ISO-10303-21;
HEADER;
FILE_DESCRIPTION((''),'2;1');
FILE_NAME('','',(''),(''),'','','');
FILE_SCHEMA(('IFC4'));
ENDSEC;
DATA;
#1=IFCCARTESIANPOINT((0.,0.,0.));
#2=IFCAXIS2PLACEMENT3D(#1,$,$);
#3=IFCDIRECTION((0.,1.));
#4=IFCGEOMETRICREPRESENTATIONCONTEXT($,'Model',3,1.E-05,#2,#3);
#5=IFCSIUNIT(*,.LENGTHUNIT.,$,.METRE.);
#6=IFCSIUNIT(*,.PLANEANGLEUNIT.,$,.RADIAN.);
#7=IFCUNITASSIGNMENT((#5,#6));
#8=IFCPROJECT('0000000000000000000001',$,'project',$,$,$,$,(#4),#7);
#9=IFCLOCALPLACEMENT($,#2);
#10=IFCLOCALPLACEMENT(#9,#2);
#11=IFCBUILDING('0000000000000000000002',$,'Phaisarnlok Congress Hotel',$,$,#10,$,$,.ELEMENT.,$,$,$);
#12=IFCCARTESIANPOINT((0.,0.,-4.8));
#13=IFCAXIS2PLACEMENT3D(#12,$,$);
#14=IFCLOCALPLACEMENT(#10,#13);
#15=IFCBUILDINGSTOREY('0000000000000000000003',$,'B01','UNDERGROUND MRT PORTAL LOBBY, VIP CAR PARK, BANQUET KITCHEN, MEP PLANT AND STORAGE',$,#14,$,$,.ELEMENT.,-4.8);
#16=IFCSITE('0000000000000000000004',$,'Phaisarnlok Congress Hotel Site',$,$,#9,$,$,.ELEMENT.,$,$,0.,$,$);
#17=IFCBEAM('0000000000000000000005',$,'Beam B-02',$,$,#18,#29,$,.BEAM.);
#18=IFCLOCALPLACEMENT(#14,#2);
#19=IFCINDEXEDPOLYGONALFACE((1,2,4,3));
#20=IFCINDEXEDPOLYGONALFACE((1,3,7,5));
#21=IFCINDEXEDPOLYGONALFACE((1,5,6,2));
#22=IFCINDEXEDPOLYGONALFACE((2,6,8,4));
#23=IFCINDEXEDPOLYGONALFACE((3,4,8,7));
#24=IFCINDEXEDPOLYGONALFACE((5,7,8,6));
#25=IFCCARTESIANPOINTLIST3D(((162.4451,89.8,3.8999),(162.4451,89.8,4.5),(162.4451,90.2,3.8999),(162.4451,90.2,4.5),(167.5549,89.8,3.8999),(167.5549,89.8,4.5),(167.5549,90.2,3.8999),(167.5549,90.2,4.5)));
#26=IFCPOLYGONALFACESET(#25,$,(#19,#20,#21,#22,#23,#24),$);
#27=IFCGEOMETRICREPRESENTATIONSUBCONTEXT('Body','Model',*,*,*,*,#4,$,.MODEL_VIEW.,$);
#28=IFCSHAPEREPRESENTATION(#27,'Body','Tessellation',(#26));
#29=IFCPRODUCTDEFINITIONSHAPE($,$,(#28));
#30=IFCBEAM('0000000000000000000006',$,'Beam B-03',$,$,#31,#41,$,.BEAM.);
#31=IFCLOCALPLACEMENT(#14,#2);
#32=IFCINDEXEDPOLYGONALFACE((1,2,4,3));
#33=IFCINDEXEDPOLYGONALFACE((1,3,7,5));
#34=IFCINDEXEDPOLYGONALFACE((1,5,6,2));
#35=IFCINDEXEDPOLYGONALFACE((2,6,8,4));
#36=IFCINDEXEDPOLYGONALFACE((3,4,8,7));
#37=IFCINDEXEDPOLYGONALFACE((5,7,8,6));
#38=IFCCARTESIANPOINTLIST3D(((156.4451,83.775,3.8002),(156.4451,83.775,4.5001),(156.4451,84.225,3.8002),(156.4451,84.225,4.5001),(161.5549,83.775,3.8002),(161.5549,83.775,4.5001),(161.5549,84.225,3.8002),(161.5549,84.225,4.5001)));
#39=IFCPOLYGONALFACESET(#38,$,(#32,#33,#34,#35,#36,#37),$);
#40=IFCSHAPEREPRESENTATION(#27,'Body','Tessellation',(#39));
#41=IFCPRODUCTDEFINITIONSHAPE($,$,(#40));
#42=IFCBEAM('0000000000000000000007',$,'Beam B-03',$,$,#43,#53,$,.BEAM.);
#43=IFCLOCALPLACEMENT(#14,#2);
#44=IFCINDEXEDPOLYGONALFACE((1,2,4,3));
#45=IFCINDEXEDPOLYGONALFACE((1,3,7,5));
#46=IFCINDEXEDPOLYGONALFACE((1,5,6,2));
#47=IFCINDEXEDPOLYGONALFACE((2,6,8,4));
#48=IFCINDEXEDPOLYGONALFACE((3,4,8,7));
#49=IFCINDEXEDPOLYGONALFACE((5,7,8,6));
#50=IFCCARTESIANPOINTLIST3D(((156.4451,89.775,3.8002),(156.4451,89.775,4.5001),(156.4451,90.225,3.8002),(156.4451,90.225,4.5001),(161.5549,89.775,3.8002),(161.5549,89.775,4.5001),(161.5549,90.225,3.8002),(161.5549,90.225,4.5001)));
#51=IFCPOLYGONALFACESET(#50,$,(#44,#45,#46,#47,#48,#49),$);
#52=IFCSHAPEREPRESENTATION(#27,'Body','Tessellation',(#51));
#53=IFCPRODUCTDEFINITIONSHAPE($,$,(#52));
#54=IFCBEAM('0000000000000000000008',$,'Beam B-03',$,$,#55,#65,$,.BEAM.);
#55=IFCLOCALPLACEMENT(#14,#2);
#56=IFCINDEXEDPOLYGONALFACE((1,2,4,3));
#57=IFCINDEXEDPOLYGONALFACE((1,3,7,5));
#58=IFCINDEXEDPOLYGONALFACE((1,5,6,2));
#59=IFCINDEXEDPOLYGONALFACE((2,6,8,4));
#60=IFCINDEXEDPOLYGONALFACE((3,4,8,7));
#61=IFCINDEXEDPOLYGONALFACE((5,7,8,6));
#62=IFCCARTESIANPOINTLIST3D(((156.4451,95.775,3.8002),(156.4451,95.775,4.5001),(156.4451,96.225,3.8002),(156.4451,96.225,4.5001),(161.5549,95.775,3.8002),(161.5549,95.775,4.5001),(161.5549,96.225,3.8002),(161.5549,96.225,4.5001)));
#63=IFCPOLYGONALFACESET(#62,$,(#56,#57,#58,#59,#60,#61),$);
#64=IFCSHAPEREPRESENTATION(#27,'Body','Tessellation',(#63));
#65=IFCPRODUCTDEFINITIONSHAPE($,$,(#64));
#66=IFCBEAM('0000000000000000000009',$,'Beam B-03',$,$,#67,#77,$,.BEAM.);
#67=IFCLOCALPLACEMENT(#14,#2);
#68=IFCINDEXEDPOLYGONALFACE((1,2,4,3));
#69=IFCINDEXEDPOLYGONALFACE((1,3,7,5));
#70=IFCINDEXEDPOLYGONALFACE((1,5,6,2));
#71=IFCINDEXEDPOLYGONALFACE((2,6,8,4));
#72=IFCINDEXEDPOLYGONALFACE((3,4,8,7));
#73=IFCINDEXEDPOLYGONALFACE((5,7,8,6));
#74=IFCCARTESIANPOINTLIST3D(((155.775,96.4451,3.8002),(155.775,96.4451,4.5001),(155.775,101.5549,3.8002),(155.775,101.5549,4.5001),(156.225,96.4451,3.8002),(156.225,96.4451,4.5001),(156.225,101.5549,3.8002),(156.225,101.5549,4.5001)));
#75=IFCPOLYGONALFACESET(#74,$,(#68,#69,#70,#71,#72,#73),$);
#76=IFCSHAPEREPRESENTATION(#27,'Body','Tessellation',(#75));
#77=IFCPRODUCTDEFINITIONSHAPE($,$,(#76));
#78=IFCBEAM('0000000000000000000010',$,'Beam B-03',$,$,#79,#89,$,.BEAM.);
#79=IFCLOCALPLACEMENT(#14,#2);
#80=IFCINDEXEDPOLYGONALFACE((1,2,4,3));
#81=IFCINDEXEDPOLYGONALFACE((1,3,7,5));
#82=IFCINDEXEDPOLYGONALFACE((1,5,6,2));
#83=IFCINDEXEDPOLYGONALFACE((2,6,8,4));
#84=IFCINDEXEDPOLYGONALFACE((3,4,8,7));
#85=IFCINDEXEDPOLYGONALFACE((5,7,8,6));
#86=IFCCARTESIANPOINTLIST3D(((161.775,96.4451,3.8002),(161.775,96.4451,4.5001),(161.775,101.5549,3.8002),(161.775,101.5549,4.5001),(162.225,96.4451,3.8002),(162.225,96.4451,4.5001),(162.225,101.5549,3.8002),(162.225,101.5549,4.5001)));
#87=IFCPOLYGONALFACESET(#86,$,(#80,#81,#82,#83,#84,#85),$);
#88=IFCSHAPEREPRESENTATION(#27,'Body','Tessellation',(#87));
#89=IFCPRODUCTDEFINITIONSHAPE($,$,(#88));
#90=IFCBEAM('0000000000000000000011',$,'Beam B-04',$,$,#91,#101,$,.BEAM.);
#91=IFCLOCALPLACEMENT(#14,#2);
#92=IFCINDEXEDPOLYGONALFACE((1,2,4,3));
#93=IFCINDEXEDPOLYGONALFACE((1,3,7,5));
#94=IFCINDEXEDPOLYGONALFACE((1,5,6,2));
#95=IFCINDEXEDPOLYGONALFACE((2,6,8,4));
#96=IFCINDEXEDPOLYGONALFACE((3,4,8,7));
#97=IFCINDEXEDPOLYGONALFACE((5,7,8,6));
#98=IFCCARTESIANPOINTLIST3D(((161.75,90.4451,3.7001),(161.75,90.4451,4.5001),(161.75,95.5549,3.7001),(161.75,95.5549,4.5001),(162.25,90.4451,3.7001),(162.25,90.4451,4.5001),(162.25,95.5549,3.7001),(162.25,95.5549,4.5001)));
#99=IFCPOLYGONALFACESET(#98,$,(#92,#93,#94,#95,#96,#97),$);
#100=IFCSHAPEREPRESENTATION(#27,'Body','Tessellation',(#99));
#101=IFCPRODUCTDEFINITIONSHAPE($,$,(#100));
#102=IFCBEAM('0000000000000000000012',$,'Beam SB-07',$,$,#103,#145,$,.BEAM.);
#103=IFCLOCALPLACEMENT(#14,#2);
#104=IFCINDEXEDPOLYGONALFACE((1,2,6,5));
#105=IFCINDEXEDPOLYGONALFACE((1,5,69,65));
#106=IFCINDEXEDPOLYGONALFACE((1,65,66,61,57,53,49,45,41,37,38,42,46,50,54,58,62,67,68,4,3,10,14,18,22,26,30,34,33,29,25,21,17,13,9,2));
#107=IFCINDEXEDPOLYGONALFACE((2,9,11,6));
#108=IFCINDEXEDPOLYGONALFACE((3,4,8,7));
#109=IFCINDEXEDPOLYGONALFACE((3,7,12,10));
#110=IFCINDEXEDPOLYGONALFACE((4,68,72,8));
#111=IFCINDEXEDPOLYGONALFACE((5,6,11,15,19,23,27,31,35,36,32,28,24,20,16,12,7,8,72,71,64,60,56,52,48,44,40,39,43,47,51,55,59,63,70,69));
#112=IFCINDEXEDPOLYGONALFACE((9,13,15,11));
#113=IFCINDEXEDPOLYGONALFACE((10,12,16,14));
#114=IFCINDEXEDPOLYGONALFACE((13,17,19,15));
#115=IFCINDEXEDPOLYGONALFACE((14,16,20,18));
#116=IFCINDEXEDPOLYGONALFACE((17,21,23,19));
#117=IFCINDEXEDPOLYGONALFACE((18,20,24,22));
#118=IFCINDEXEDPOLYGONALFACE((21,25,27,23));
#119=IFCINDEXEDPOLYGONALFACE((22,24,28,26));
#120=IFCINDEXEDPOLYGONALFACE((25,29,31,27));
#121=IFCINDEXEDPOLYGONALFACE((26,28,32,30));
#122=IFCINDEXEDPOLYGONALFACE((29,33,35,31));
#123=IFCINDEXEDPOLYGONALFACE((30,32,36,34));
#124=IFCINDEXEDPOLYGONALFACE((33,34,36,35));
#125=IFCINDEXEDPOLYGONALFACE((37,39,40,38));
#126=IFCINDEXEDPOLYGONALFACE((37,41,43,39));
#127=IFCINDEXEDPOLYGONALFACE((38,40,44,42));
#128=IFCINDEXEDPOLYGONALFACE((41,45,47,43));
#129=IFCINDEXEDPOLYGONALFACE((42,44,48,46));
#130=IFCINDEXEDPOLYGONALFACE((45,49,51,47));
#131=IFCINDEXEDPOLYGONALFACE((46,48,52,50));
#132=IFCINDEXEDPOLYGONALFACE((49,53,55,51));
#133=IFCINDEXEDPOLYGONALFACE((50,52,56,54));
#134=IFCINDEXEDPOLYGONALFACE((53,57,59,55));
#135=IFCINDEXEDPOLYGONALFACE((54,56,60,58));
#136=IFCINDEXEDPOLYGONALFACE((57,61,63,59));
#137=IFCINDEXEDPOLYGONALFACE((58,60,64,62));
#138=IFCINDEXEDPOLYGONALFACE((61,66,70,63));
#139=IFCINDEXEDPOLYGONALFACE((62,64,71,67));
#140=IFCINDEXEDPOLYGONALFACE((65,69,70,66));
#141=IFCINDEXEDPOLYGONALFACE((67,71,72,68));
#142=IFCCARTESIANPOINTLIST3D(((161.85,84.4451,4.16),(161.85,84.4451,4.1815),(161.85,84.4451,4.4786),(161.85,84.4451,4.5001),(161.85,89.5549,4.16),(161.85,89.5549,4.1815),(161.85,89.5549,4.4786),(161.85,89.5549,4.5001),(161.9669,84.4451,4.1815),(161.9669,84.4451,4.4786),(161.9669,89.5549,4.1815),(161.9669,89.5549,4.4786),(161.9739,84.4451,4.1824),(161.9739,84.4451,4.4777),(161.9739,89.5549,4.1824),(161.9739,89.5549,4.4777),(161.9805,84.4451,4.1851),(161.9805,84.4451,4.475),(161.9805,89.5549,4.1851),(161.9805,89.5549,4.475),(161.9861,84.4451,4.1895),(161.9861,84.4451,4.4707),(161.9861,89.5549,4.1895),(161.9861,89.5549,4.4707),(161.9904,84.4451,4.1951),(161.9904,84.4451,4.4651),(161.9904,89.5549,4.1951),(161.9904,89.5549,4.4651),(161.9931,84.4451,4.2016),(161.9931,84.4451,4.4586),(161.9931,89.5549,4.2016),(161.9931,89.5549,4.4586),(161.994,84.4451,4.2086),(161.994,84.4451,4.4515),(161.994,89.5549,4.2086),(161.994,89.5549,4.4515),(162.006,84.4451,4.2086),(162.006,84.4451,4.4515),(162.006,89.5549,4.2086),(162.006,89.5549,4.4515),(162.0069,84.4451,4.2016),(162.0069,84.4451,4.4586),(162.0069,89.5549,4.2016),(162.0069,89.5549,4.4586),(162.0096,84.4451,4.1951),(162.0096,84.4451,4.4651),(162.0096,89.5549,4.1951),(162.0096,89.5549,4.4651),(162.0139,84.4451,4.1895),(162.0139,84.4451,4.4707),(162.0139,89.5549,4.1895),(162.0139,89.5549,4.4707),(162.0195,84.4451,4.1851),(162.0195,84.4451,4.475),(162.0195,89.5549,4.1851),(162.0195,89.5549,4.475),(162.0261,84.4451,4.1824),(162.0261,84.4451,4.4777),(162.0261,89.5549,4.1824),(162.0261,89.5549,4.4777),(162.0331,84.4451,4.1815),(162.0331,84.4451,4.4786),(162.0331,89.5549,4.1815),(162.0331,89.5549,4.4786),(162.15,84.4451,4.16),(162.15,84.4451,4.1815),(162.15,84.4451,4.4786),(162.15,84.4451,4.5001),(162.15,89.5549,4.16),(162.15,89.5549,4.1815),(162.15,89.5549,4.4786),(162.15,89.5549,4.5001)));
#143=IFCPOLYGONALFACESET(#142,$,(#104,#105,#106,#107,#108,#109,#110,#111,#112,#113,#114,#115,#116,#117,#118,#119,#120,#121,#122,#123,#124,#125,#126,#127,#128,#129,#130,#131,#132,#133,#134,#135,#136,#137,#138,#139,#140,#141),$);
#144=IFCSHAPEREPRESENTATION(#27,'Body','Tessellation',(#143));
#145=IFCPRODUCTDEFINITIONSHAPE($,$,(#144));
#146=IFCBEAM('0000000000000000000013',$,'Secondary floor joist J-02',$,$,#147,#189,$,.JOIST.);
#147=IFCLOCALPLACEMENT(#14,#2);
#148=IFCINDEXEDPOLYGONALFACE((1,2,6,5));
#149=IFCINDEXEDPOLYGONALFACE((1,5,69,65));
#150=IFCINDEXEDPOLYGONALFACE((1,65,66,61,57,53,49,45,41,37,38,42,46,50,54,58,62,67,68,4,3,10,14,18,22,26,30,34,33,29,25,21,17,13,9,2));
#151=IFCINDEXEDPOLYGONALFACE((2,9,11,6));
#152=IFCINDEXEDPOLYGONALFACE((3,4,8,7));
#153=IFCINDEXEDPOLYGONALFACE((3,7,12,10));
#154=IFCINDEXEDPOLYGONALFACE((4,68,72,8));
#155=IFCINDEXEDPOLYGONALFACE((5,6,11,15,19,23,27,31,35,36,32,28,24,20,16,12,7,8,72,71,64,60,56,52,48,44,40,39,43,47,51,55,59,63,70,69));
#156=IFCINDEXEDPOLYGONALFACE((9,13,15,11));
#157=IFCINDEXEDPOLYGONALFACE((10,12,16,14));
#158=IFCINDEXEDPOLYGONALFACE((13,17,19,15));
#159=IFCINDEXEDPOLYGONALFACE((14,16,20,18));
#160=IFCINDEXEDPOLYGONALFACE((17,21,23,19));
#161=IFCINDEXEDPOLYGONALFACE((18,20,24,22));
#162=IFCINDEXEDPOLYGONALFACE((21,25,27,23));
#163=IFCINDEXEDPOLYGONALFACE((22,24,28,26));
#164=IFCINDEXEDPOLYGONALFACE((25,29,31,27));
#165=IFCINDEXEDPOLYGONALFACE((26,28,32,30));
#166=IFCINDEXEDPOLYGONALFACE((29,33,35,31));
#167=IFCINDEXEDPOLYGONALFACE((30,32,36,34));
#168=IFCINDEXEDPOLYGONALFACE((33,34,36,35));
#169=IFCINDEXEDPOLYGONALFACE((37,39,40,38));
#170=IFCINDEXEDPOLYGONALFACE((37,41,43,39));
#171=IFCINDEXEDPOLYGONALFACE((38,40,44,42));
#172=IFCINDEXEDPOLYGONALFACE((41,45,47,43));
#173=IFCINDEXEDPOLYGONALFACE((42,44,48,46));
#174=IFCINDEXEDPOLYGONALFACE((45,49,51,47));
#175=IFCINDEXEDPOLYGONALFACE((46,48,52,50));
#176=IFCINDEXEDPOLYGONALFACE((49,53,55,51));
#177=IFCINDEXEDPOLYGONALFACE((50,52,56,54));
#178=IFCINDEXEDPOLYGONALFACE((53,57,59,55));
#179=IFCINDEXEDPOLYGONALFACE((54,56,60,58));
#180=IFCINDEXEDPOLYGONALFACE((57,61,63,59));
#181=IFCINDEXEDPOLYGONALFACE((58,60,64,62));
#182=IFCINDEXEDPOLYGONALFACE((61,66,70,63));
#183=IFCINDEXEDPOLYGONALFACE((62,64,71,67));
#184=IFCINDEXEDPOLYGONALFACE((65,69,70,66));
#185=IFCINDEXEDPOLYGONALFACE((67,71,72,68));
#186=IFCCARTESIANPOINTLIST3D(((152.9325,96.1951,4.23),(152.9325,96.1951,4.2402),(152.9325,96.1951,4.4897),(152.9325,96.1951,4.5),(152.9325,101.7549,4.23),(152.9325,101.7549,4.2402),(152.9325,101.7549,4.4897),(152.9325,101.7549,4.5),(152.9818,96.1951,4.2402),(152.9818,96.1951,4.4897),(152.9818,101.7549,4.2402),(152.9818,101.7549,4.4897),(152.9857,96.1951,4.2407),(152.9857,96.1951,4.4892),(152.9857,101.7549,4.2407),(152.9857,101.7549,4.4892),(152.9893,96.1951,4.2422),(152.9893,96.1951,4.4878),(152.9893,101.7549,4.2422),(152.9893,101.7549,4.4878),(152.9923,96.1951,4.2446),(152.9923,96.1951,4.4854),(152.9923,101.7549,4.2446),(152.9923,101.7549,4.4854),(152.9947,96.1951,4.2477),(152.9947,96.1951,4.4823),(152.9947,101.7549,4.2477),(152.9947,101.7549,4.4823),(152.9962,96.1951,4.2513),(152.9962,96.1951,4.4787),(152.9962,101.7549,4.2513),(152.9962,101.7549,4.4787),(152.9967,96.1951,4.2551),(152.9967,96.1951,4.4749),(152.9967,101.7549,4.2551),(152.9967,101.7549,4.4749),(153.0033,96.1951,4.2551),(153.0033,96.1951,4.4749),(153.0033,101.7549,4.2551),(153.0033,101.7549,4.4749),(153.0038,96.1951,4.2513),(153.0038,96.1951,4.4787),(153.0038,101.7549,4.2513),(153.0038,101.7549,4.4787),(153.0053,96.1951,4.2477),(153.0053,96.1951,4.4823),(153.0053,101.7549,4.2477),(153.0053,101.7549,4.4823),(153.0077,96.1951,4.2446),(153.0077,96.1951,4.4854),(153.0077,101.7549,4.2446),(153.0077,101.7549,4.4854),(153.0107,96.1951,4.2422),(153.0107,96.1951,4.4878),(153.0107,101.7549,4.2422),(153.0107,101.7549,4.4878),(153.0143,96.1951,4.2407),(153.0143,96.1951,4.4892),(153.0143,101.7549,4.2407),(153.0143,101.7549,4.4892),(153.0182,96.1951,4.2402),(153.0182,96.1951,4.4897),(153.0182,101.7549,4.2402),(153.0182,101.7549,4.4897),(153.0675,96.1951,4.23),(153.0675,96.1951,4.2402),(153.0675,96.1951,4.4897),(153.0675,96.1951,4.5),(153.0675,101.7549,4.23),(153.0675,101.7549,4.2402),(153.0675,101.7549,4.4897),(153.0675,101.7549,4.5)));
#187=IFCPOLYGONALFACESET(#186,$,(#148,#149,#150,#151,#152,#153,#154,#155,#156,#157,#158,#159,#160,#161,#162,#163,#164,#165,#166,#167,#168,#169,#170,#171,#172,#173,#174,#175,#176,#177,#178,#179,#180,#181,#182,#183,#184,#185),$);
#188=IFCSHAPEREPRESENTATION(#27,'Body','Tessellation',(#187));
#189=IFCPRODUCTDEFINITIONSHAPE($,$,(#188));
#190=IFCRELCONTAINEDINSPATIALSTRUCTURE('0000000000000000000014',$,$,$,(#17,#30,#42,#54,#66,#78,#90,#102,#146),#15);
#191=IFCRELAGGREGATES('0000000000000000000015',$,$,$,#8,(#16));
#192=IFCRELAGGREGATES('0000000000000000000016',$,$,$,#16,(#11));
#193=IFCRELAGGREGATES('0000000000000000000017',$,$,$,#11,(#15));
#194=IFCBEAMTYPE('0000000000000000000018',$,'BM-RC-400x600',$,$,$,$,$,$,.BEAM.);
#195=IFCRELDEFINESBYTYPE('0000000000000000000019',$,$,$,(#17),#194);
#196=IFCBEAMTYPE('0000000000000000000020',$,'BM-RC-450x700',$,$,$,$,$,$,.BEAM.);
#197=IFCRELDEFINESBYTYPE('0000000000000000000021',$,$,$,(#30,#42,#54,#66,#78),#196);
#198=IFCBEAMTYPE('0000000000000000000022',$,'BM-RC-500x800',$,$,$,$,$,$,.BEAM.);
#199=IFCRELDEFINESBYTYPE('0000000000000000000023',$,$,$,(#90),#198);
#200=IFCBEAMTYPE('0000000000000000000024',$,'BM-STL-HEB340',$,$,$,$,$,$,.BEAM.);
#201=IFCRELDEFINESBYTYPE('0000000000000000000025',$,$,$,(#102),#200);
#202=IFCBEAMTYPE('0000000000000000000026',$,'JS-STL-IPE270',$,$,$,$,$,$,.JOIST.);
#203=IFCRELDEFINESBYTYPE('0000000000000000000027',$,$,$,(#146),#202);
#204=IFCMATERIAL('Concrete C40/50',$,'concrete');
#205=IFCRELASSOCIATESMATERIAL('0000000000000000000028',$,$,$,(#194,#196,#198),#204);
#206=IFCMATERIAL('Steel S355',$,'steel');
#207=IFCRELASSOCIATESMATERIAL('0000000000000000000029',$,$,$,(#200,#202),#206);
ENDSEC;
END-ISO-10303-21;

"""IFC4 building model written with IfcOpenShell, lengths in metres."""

from ifc_helpers import new_model, si_unit, direction, frame, origin, origin_2d, place, context, subcontext, project, spatial, rectangle, i_section, extrude, material, material_profile, profile_set, type_object, element, save


model = new_model("IFC4")

# Units and contexts
model_context = context("Model", 3, precision=1e-05, world=origin(), true_north=direction((0.0, 1.0)))
body_context = subcontext(model_context, "Body", "Model", "MODEL_VIEW")
ifc_project = project(units=[si_unit("LENGTHUNIT", "METRE"), si_unit("PLANEANGLEUNIT", "RADIAN")], contexts=[model_context])

# Site, building, storey
site_placement = place(None, origin())
site = spatial("IfcSite", under=ifc_project, at=site_placement, Name="Phaisarnlok Congress Hotel Site", CompositionType="ELEMENT", RefElevation=0.0)
building_placement = place(site_placement, origin())
building = spatial("IfcBuilding", under=site, at=building_placement, Name="Phaisarnlok Congress Hotel", CompositionType="ELEMENT")
storey_placement = place(building_placement, frame((0.0, 0.0, -4.8)))
storey = spatial("IfcBuildingStorey", under=building, at=storey_placement, Name="B01", Description="UNDERGROUND MRT PORTAL LOBBY, VIP CAR PARK, BANQUET KITCHEN, MEP PLANT AND STORAGE", CompositionType="ELEMENT", Elevation=-4.8)

# Shared definitions
ifc_material_1 = material(Name="Concrete C40/50", Category="concrete")

# Beams
ifc_material_profile_1 = material_profile(ifc_material_1, rectangle(XDim=0.3999, YDim=0.6001, at=origin_2d()), Name="RC 400x600")
ifc_profile_set_1 = profile_set([ifc_material_profile_1], Name="Concrete C40/50")
beam_type_1 = type_object("IfcBeamType", Name="BM-RC-400x600", PredefinedType="BEAM", material=ifc_profile_set_1)
beam_1_placement = place(storey_placement, frame((162.4451, 90.0, 4.2), z_axis=(1.0, 0.0, 0.0), x_axis=(0.0, 1.0, 0.0)))
element("IfcBeam", 1, at=beam_1_placement, inside=storey, type_object=beam_type_1, Name="Beam B-02", PredefinedType="BEAM", context=body_context, shape_type="SweptSolid", body=[
    extrude(rectangle(XDim=0.3999, YDim=0.6001, at=origin_2d()), origin(), (0.0, 0.0, 1.0), 5.1099),
])
ifc_material_profile_2 = material_profile(ifc_material_1, rectangle(XDim=0.45, YDim=0.7, at=origin_2d()), Name="RC 450x700")
ifc_profile_set_2 = profile_set([ifc_material_profile_2], Name="Concrete C40/50")
beam_type_2 = type_object("IfcBeamType", Name="BM-RC-450x700", PredefinedType="BEAM", material=ifc_profile_set_2)
for number, where, z_axis, x_axis, name in (
    (2, (156.4451, 84.0, 4.1501), (1.0, 0.0, 0.0), (0.0, 1.0, 0.0), "Beam B-03"),
    (3, (156.4451, 90.0, 4.1501), (1.0, 0.0, 0.0), (0.0, 1.0, 0.0), "Beam B-03"),
    (4, (156.4451, 96.0, 4.1501), (1.0, 0.0, 0.0), (0.0, 1.0, 0.0), "Beam B-03"),
    (5, (156.0, 96.4451, 4.1501), (0.0, 1.0, 0.0), (-1.0, 0.0, 0.0), "Beam B-03"),
    (6, (162.0, 96.4451, 4.1501), (0.0, 1.0, 0.0), (-1.0, 0.0, 0.0), "Beam B-03"),
):
    element("IfcBeam", number, at=place(storey_placement, frame(where, z_axis=z_axis, x_axis=x_axis)), inside=storey, type_object=beam_type_2, Name=name, PredefinedType="BEAM", context=body_context, shape_type="SweptSolid", body=[
        extrude(rectangle(XDim=0.45, YDim=0.7, at=origin_2d()), origin(), (0.0, 0.0, 1.0), 5.1099),
    ])
ifc_material_profile_3 = material_profile(ifc_material_1, rectangle(XDim=0.5, YDim=0.8, at=origin_2d()), Name="RC 500x800")
ifc_profile_set_3 = profile_set([ifc_material_profile_3], Name="Concrete C40/50")
beam_type_3 = type_object("IfcBeamType", Name="BM-RC-500x800", PredefinedType="BEAM", material=ifc_profile_set_3)
beam_2_placement = place(storey_placement, frame((162.0, 90.4451, 4.1001), z_axis=(0.0, 1.0, 0.0), x_axis=(-1.0, 0.0, 0.0)))
element("IfcBeam", 7, at=beam_2_placement, inside=storey, type_object=beam_type_3, Name="Beam B-04", PredefinedType="BEAM", context=body_context, shape_type="SweptSolid", body=[
    extrude(rectangle(XDim=0.5, YDim=0.8, at=origin_2d()), origin(), (0.0, 0.0, 1.0), 5.1099),
])
ifc_material_2 = material(Name="Steel S355", Category="steel")
ifc_material_profile_4 = material_profile(ifc_material_2, i_section(OverallWidth=0.3, OverallDepth=0.3401, WebThickness=0.012, FlangeThickness=0.0215, FilletRadius=0.0271, at=origin_2d()), Name="HEB 340")
ifc_profile_set_4 = profile_set([ifc_material_profile_4], Name="Steel S355")
beam_type_4 = type_object("IfcBeamType", Name="BM-STL-HEB340", PredefinedType="BEAM", material=ifc_profile_set_4)
beam_3_placement = place(storey_placement, frame((162.0, 84.4451, 4.3301), z_axis=(0.0, 1.0, 0.0), x_axis=(-1.0, 0.0, 0.0)))
element("IfcBeam", 8, at=beam_3_placement, inside=storey, type_object=beam_type_4, Name="Beam SB-07", PredefinedType="BEAM", context=body_context, shape_type="SweptSolid", body=[
    extrude(i_section(OverallWidth=0.3, OverallDepth=0.3401, WebThickness=0.012, FlangeThickness=0.0215, FilletRadius=0.0271, at=origin_2d()), origin(), (0.0, 0.0, 1.0), 5.1099),
])
ifc_material_profile_5 = material_profile(ifc_material_2, i_section(OverallWidth=0.135, OverallDepth=0.27, WebThickness=0.0066, FlangeThickness=0.0103, FilletRadius=0.0149, at=origin_2d()), Name="IPE 270")
ifc_profile_set_5 = profile_set([ifc_material_profile_5], Name="Steel S355")
beam_type_5 = type_object("IfcBeamType", Name="JS-STL-IPE270", PredefinedType="JOIST", material=ifc_profile_set_5)
beam_4_placement = place(storey_placement, frame((153.0, 96.1951, 4.365), z_axis=(0.0, 1.0, 0.0), x_axis=(-1.0, 0.0, 0.0)))
element("IfcBeam", 9, at=beam_4_placement, inside=storey, type_object=beam_type_5, Name="Secondary floor joist J-02", PredefinedType="JOIST", context=body_context, shape_type="SweptSolid", body=[
    extrude(i_section(OverallWidth=0.135, OverallDepth=0.27, WebThickness=0.0066, FlangeThickness=0.0103, FilletRadius=0.0149, at=origin_2d()), origin(), (0.0, 0.0, 1.0), 5.5598),
])

save(model, "model.ifc")
